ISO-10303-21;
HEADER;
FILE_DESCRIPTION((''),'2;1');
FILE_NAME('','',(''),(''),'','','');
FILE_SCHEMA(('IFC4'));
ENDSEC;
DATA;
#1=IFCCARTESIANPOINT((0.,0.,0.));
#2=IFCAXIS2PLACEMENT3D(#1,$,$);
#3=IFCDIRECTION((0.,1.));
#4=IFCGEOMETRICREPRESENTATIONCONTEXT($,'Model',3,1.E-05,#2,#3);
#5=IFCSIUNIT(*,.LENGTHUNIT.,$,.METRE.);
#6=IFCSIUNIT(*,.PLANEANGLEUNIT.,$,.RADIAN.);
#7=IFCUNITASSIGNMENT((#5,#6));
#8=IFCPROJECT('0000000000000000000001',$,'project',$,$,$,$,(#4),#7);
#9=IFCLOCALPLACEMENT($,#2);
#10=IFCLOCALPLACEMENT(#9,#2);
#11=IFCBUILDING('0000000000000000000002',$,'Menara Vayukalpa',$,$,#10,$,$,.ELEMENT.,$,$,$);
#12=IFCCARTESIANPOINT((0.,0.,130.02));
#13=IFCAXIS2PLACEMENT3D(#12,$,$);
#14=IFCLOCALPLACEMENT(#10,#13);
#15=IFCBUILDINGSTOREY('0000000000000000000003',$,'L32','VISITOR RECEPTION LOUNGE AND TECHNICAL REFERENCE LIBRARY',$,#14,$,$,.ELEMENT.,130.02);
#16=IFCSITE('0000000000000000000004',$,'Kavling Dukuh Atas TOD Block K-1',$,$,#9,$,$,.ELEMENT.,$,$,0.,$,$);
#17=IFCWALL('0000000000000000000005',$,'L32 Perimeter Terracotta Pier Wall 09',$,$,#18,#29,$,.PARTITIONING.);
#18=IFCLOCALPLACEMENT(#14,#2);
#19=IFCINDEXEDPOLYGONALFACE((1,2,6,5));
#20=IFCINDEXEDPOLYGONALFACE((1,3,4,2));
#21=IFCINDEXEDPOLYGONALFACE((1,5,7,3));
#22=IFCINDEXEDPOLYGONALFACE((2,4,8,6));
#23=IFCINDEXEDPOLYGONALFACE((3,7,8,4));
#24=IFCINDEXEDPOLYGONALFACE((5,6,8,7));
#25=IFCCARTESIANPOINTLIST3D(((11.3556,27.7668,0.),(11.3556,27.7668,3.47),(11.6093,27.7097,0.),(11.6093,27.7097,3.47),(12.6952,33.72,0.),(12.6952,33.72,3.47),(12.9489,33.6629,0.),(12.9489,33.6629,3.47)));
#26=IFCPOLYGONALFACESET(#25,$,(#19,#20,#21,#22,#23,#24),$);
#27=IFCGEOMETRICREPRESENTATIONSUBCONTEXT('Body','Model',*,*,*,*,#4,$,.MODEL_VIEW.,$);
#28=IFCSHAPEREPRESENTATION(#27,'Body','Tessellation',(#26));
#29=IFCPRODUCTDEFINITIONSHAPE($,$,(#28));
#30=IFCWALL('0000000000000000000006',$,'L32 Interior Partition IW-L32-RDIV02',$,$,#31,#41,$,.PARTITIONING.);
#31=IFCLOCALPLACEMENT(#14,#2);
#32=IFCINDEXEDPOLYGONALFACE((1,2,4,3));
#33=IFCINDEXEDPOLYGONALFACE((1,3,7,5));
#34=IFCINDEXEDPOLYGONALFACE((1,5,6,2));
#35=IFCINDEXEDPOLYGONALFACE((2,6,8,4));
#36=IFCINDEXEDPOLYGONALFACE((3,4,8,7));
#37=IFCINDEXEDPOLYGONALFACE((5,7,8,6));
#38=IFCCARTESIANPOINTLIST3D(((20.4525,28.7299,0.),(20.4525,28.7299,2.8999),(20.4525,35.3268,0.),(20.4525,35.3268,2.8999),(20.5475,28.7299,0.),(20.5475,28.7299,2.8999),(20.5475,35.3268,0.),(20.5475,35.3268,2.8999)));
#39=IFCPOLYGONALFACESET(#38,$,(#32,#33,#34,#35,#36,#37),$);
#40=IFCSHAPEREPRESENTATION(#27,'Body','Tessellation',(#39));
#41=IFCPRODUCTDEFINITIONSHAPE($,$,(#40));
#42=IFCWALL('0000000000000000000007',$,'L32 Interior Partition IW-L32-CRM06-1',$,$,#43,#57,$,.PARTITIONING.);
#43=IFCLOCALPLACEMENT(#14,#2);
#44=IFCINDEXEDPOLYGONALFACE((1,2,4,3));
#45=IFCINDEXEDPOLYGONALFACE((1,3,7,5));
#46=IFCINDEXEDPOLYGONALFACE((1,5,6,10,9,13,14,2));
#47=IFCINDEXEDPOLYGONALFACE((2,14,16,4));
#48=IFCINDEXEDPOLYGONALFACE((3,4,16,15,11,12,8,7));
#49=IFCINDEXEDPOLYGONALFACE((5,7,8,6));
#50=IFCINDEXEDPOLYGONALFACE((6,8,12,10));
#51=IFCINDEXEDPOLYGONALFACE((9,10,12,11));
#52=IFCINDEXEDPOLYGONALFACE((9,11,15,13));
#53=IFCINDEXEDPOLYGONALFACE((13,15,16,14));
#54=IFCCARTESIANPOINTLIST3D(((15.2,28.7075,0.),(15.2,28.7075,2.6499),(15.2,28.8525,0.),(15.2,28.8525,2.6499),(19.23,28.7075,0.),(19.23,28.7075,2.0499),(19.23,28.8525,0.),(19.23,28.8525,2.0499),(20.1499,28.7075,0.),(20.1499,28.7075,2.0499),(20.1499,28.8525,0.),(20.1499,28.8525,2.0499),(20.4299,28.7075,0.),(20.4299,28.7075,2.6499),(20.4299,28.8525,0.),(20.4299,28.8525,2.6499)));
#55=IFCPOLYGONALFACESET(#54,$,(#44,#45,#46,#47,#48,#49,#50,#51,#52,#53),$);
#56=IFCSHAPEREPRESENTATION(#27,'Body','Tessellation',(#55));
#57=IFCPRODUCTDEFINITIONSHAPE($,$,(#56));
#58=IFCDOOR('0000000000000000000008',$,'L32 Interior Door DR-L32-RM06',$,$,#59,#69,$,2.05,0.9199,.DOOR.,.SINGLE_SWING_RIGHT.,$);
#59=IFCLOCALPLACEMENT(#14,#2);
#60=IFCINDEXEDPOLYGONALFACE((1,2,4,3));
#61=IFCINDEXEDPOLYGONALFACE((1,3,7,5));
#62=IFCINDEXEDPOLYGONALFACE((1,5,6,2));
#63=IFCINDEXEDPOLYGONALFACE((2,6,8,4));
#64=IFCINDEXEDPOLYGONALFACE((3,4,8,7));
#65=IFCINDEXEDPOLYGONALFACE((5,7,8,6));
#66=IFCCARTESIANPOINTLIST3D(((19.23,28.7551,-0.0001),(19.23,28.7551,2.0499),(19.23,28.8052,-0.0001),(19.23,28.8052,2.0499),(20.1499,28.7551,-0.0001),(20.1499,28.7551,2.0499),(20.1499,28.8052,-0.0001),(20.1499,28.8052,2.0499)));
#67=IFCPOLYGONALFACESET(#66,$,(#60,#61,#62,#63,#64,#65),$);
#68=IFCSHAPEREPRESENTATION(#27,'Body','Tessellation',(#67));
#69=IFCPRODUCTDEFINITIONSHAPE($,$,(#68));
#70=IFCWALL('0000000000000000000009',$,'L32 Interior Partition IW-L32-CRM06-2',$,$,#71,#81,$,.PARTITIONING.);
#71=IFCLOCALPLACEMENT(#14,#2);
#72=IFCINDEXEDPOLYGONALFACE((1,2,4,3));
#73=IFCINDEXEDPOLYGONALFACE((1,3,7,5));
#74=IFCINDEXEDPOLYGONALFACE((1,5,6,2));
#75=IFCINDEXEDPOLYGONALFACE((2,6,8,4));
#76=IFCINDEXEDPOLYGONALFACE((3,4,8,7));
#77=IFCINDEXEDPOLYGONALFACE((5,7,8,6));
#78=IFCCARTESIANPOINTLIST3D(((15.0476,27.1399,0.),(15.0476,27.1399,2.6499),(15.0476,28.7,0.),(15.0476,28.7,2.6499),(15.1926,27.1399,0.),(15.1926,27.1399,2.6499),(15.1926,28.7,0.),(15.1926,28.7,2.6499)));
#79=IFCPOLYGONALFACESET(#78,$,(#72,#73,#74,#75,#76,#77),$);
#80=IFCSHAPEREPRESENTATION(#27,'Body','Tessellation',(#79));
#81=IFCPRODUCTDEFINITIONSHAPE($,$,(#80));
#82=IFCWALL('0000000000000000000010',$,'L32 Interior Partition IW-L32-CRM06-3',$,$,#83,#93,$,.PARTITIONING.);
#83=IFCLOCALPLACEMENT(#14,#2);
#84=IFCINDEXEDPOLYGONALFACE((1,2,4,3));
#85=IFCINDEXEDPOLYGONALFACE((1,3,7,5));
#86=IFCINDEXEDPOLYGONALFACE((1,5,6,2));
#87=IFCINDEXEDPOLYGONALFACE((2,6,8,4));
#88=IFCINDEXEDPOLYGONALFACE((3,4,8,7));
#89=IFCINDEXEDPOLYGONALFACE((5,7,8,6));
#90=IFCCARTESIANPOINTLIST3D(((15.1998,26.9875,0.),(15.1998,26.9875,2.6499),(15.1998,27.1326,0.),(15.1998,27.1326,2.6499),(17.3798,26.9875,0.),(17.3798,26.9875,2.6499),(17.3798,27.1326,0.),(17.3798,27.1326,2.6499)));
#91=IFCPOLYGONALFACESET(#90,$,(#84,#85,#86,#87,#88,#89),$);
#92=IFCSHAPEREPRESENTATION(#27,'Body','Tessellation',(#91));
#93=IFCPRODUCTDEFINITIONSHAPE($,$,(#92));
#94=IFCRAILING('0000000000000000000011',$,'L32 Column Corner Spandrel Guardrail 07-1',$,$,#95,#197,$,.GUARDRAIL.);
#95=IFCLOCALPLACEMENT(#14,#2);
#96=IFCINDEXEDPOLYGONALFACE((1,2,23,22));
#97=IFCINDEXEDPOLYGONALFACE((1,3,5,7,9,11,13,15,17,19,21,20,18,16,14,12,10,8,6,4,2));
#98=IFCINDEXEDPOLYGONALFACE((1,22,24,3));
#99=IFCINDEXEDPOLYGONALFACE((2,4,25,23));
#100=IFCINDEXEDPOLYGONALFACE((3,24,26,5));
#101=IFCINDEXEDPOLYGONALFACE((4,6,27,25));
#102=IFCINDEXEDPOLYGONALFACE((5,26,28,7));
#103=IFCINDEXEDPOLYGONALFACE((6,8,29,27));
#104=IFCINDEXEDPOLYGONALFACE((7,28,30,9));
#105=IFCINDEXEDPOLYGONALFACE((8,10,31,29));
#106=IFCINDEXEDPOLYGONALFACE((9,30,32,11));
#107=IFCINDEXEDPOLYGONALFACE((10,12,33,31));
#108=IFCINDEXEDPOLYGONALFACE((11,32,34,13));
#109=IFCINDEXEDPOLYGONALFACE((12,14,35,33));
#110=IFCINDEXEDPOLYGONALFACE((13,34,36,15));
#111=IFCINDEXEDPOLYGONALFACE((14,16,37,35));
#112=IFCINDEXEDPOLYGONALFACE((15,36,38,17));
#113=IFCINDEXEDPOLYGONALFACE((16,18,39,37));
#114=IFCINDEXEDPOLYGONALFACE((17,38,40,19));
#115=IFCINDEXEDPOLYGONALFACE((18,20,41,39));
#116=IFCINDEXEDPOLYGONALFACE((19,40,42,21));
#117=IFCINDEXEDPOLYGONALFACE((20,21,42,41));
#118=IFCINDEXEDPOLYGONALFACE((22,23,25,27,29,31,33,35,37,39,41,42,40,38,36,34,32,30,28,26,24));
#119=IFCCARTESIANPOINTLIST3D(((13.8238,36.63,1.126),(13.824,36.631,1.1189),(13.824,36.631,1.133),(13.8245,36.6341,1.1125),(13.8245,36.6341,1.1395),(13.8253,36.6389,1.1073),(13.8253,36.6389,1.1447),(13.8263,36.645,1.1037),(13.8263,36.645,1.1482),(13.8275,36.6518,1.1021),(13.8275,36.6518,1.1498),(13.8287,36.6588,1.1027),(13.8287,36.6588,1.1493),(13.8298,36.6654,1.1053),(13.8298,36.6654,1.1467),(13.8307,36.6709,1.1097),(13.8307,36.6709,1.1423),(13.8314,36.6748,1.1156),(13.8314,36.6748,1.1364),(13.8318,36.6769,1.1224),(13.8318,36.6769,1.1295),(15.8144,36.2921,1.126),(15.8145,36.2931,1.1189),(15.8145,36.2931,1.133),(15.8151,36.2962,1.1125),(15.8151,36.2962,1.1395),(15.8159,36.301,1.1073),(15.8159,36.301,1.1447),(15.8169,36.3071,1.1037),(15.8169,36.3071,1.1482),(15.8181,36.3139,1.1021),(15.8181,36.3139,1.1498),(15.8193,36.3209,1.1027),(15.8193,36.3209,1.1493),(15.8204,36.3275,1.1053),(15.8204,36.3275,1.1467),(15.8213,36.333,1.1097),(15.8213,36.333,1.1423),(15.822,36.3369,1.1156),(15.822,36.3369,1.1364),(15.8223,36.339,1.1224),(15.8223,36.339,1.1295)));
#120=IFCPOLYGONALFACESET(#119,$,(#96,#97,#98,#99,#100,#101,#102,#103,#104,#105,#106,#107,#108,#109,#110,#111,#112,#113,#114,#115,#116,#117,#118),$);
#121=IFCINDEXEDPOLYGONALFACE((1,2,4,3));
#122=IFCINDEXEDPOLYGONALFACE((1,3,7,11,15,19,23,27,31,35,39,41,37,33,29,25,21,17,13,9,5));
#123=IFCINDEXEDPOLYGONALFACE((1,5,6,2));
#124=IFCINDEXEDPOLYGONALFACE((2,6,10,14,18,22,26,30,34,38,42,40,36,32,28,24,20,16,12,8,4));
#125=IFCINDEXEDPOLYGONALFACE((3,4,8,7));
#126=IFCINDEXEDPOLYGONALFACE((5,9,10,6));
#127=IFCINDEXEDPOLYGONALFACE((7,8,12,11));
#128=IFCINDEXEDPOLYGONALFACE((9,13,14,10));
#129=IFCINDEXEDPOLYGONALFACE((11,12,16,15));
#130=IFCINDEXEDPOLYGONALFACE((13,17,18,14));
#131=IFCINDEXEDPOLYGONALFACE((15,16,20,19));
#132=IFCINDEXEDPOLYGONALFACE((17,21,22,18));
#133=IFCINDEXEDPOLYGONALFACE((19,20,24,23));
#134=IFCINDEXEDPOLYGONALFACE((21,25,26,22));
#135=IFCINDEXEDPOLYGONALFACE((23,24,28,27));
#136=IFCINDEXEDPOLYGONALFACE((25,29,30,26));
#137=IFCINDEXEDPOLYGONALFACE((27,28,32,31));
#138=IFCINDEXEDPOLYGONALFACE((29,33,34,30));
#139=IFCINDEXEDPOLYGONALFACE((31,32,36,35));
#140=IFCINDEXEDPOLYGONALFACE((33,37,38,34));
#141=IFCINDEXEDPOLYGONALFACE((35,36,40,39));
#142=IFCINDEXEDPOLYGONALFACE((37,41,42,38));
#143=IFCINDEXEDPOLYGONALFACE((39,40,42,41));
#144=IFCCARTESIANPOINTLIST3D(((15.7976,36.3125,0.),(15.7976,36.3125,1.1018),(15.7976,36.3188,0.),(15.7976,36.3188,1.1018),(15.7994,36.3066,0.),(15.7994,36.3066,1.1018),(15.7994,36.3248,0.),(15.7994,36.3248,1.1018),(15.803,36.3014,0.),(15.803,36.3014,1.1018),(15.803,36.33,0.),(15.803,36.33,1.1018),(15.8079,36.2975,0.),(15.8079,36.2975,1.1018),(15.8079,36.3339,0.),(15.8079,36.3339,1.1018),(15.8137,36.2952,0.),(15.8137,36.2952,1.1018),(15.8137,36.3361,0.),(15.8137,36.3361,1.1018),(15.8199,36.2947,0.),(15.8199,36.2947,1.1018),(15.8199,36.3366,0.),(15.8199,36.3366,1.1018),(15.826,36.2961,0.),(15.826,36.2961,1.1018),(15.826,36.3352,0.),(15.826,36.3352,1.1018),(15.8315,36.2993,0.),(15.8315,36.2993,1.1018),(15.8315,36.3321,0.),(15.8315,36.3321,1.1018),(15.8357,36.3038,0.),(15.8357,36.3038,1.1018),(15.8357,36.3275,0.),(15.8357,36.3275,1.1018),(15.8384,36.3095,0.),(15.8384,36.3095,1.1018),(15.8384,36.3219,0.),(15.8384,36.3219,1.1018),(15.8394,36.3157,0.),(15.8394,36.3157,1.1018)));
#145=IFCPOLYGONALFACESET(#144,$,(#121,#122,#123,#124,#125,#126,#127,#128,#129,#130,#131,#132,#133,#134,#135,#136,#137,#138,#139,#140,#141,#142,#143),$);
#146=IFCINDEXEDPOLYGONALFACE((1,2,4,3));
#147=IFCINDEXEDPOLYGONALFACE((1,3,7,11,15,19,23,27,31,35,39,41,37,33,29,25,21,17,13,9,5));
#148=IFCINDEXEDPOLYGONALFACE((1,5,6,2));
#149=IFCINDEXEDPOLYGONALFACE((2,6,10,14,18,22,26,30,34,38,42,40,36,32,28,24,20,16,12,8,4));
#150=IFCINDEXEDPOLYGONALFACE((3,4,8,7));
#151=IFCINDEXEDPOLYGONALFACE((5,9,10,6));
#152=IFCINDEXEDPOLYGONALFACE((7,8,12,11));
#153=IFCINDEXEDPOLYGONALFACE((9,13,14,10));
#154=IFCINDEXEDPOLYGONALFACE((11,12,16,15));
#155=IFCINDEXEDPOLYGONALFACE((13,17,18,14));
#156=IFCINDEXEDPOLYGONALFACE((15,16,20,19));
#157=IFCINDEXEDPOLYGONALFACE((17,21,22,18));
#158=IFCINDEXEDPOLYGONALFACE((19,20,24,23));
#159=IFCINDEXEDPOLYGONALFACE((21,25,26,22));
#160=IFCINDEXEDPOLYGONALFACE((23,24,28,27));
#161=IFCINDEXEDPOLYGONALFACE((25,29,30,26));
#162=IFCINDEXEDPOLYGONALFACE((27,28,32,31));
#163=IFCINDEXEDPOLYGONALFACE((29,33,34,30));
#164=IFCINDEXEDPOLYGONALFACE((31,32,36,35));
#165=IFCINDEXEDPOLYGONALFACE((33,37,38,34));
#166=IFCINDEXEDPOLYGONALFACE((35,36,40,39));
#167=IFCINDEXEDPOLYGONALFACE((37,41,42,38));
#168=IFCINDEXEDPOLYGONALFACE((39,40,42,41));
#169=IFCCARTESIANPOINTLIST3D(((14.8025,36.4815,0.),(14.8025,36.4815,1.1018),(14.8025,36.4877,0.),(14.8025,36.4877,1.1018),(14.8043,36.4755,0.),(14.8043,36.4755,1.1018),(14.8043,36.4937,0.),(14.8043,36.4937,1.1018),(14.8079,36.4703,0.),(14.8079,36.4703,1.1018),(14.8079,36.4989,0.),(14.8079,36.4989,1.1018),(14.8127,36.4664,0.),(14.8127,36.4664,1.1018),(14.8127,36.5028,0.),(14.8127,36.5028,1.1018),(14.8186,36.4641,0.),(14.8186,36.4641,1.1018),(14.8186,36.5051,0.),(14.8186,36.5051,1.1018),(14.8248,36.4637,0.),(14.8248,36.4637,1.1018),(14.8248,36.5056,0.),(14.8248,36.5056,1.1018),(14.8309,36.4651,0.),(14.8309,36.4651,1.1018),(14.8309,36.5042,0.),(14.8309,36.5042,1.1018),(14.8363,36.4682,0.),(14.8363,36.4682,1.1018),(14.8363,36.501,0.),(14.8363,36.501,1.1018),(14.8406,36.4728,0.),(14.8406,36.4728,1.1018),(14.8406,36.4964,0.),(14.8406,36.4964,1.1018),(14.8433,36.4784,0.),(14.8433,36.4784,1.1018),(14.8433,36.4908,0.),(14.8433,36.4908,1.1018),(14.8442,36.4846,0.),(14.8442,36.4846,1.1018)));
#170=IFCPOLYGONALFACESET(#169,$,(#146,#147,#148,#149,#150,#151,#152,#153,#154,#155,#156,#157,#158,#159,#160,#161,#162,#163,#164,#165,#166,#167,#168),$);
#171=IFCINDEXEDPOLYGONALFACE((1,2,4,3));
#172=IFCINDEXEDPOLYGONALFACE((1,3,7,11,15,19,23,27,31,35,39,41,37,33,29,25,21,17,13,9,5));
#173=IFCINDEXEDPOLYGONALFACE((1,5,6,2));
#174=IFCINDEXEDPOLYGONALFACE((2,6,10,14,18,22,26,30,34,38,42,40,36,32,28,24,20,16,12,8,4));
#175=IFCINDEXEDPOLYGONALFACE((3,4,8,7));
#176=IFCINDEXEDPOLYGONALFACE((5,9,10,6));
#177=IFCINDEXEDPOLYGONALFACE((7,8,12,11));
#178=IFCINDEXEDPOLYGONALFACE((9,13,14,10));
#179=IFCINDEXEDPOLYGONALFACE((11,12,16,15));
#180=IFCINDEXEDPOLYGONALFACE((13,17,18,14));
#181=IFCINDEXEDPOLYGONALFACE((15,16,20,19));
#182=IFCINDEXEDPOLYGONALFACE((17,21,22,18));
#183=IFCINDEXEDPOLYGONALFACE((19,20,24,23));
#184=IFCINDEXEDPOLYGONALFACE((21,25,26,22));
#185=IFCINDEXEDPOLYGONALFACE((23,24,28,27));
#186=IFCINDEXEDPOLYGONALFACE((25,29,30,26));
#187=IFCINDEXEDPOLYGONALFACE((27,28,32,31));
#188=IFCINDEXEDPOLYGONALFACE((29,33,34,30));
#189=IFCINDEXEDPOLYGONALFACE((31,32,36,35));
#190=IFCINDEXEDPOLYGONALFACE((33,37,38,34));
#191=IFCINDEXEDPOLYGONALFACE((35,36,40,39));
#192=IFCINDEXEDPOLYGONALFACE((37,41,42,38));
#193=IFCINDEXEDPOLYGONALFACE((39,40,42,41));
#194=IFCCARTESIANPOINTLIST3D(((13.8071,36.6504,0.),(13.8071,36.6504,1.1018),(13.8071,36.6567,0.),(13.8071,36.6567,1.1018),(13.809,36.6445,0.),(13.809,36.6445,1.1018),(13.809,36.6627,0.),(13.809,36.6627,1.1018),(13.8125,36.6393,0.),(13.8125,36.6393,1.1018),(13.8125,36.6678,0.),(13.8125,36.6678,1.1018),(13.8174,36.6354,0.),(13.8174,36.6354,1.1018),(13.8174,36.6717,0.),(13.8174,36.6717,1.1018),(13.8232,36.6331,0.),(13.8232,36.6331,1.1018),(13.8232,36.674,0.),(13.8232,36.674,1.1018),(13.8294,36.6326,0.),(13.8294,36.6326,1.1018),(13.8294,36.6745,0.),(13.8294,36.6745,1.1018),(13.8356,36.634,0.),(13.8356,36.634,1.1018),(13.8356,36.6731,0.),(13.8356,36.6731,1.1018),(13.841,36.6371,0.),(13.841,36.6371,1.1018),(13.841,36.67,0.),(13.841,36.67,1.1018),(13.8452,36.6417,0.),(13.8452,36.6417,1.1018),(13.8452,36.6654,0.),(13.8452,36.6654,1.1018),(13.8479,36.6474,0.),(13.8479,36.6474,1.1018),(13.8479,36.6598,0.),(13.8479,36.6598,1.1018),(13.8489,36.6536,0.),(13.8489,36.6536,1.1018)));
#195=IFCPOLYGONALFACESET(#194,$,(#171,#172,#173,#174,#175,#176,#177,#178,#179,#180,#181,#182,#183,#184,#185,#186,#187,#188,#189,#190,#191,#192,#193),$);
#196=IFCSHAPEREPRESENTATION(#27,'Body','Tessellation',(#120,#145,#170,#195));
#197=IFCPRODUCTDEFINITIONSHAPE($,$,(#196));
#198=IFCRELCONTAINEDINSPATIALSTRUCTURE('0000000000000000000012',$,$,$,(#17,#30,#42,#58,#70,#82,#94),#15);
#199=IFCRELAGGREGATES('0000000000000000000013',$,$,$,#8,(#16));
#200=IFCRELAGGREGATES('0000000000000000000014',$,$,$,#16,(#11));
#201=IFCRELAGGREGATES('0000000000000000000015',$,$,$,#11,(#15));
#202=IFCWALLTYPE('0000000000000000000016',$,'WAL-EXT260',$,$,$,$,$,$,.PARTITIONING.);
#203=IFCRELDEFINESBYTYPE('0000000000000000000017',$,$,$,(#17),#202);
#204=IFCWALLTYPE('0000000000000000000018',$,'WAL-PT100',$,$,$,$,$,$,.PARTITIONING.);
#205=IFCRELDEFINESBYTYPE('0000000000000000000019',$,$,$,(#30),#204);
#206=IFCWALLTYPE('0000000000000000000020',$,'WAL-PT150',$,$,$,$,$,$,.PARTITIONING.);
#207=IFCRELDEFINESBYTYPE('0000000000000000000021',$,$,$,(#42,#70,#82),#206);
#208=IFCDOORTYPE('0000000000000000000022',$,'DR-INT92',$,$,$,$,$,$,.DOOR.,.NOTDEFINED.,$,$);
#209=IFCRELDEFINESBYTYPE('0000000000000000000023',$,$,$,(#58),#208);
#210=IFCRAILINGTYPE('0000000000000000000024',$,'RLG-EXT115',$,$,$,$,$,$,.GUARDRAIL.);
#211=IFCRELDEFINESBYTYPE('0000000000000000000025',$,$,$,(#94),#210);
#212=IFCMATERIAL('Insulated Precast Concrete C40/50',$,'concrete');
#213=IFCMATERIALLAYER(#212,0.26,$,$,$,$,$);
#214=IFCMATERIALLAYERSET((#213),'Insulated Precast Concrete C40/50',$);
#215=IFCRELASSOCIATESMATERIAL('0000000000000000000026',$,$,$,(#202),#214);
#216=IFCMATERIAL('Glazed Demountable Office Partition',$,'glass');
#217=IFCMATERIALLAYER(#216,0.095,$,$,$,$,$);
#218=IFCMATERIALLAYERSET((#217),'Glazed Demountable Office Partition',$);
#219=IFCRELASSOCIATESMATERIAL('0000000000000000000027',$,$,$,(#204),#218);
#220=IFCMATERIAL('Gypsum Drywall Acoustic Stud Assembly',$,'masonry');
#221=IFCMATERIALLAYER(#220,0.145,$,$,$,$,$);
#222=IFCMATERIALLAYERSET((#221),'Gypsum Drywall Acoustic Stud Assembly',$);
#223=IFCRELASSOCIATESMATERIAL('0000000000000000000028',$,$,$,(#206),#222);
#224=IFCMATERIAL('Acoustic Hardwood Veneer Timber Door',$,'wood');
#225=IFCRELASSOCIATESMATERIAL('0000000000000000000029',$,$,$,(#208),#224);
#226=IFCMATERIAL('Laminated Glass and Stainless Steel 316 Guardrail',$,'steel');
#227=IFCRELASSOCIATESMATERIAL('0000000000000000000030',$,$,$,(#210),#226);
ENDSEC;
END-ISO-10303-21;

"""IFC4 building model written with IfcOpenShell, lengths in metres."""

from ifc_helpers import new_model, si_unit, direction, frame, frame_2d, origin, origin_2d, place, context, subcontext, project, spatial, rectangle, circle, extrude, material, layer, layer_set, type_object, element, fill, save


model = new_model("IFC4")

# Units and contexts
model_context = context("Model", 3, precision=1e-05, world=origin(), true_north=direction((0.0, 1.0)))
body_context = subcontext(model_context, "Body", "Model", "MODEL_VIEW")
ifc_project = project(units=[si_unit("LENGTHUNIT", "METRE"), si_unit("PLANEANGLEUNIT", "RADIAN")], contexts=[model_context])

# Site, building, storey
site_placement = place(None, origin())
site = spatial("IfcSite", under=ifc_project, at=site_placement, Name="Kavling Dukuh Atas TOD Block K-1", CompositionType="ELEMENT", RefElevation=0.0)
building_placement = place(site_placement, origin())
building = spatial("IfcBuilding", under=site, at=building_placement, Name="Menara Vayukalpa", CompositionType="ELEMENT")
storey_placement = place(building_placement, frame((0.0, 0.0, 130.02)))
storey = spatial("IfcBuildingStorey", under=building, at=storey_placement, Name="L32", Description="VISITOR RECEPTION LOUNGE AND TECHNICAL REFERENCE LIBRARY", CompositionType="ELEMENT", Elevation=130.02)

# Walls
ifc_material_1 = material(Name="Insulated Precast Concrete C40/50", Category="concrete")
ifc_layer_1 = layer(ifc_material_1, 0.26)
ifc_layer_set_1 = layer_set([ifc_layer_1], Name="Insulated Precast Concrete C40/50")
wall_type_1 = type_object("IfcWallType", Name="WAL-EXT260", PredefinedType="PARTITIONING", material=ifc_layer_set_1)
wall_1_placement = place(storey_placement, frame((11.4824, 27.7383, 0.0), z_axis=(0.0, 0.0, 1.0), x_axis=(0.219535, 0.975605, 0.0)))
element("IfcWall", 1, at=wall_1_placement, inside=storey, type_object=wall_type_1, Name="L32 Perimeter Terracotta Pier Wall 09", PredefinedType="PARTITIONING", context=body_context, shape_type="SweptSolid", body=[
    extrude(rectangle(XDim=6.1021, YDim=0.26, at=frame_2d((3.051, 0.0))), origin(), (0.0, 0.0, 1.0), 3.47),
])
ifc_material_2 = material(Name="Glazed Demountable Office Partition", Category="glass")
ifc_layer_2 = layer(ifc_material_2, 0.095)
ifc_layer_set_2 = layer_set([ifc_layer_2], Name="Glazed Demountable Office Partition")
wall_type_2 = type_object("IfcWallType", Name="WAL-PT100", PredefinedType="PARTITIONING", material=ifc_layer_set_2)
wall_2_placement = place(storey_placement, frame((20.5, 28.73, 0.0), z_axis=(0.0, 0.0, 1.0), x_axis=(0.0, 1.0, 0.0)))
element("IfcWall", 2, at=wall_2_placement, inside=storey, type_object=wall_type_2, Name="L32 Interior Partition IW-L32-RDIV02", PredefinedType="PARTITIONING", context=body_context, shape_type="SweptSolid", body=[
    extrude(rectangle(XDim=6.5969, YDim=0.095, at=frame_2d((3.2983, 0.0))), origin(), (0.0, 0.0, 1.0), 2.8999),
])

# Wall, opening, door
ifc_material_3 = material(Name="Gypsum Drywall Acoustic Stud Assembly", Category="masonry")
ifc_layer_3 = layer(ifc_material_3, 0.145)
ifc_layer_set_3 = layer_set([ifc_layer_3], Name="Gypsum Drywall Acoustic Stud Assembly")
wall_type_3 = type_object("IfcWallType", Name="WAL-PT150", PredefinedType="PARTITIONING", material=ifc_layer_set_3)
wall_3_placement = place(storey_placement, frame((20.4299, 28.78, 0.0), z_axis=(0.0, 0.0, 1.0), x_axis=(-1.0, 0.0, 0.0)))
wall_3 = element("IfcWall", 3, at=wall_3_placement, inside=storey, type_object=wall_type_3, Name="L32 Interior Partition IW-L32-CRM06-1", PredefinedType="PARTITIONING", context=body_context, shape_type="SweptSolid", body=[
    extrude(rectangle(XDim=5.23, YDim=0.145, at=frame_2d((2.615, 0.0))), origin(), (0.0, 0.0, 1.0), 2.6499),
])
opening_placement = place(wall_3_placement, frame((0.28, 0.0, 0.0)))
opening = element("IfcOpeningElement", 4, at=opening_placement, cuts=wall_3, PredefinedType="OPENING", context=body_context, shape_type="SweptSolid", body=[
    extrude(rectangle(XDim=0.9199, YDim=2.05, at=frame_2d((0.46, 1.0249))), frame((0.0, 0.0825, 0.0), z_axis=(0.0, -1.0, 0.0), x_axis=(1.0, 0.0, 0.0)), (0.0, 0.0, 1.0), 0.165),
])
ifc_material_4 = material(Name="Acoustic Hardwood Veneer Timber Door", Category="wood")
door_type = type_object("IfcDoorType", Name="DR-INT92", OperationType="NOTDEFINED", PredefinedType="DOOR", material=ifc_material_4)
door_placement = place(opening_placement, origin())
door = element("IfcDoor", 5, at=door_placement, inside=storey, type_object=door_type, Name="L32 Interior Door DR-L32-RM06", OperationType="SINGLE_SWING_RIGHT", OverallHeight=2.05, OverallWidth=0.9199, PredefinedType="DOOR", context=body_context, shape_type="SweptSolid", body=[
    extrude(rectangle(XDim=0.9199, YDim=2.05, at=frame_2d((0.46, 1.0249))), frame((0.0, 0.0249, 0.0), z_axis=(0.0, -1.0, 0.0), x_axis=(1.0, 0.0, 0.0)), (0.0, 0.0, 1.0), 0.05),
])
fill(opening, door)

# Walls
wall_4_placement = place(storey_placement, frame((15.1201, 28.7, 0.0), z_axis=(0.0, 0.0, 1.0), x_axis=(0.0, -1.0, 0.0)))
element("IfcWall", 6, at=wall_4_placement, inside=storey, type_object=wall_type_3, Name="L32 Interior Partition IW-L32-CRM06-2", PredefinedType="PARTITIONING", context=body_context, shape_type="SweptSolid", body=[
    extrude(rectangle(XDim=1.5601, YDim=0.145, at=frame_2d((0.78, 0.0))), origin(), (0.0, 0.0, 1.0), 2.6499),
])
wall_5_placement = place(storey_placement, frame((15.2, 27.0601, 0.0), z_axis=(0.0, 0.0, 1.0), x_axis=(1.0, 0.0, 0.0)))
element("IfcWall", 7, at=wall_5_placement, inside=storey, type_object=wall_type_3, Name="L32 Interior Partition IW-L32-CRM06-3", PredefinedType="PARTITIONING", context=body_context, shape_type="SweptSolid", body=[
    extrude(rectangle(XDim=2.1799, YDim=0.145, at=frame_2d((1.0898, 0.0))), origin(), (0.0, 0.0, 1.0), 2.6499),
])

# Railing
ifc_material_5 = material(Name="Laminated Glass and Stainless Steel 316 Guardrail", Category="steel")
railing_type = type_object("IfcRailingType", Name="RLG-EXT115", PredefinedType="GUARDRAIL", material=ifc_material_5)
railing_1_placement = place(storey_placement, frame((15.8184, 36.3157, 0.0)))
element("IfcRailing", 8, at=railing_1_placement, inside=storey, type_object=railing_type, Name="L32 Column Corner Spandrel Guardrail 07-1", PredefinedType="GUARDRAIL", context=body_context, shape_type="SweptSolid", body=[
    extrude(circle(Radius=0.0239, at=origin_2d()), frame((0.0, 0.0, 1.126), z_axis=(-0.985896, 0.167359, 0.0), x_axis=(-0.167359, -0.985896, 0.0)), (0.0, 0.0, 1.0), 2.019),
    extrude(circle(Radius=0.021, at=origin_2d()), origin(), (0.0, 0.0, 1.0), 1.1018),
    extrude(circle(Radius=0.021, at=origin_2d()), frame((-0.9951, 0.1689, 0.0)), (0.0, 0.0, 1.0), 1.1018),
    extrude(circle(Radius=0.021, at=origin_2d()), frame((-1.9905, 0.3379, 0.0)), (0.0, 0.0, 1.0), 1.1018),
])

save(model, "model.ifc")
